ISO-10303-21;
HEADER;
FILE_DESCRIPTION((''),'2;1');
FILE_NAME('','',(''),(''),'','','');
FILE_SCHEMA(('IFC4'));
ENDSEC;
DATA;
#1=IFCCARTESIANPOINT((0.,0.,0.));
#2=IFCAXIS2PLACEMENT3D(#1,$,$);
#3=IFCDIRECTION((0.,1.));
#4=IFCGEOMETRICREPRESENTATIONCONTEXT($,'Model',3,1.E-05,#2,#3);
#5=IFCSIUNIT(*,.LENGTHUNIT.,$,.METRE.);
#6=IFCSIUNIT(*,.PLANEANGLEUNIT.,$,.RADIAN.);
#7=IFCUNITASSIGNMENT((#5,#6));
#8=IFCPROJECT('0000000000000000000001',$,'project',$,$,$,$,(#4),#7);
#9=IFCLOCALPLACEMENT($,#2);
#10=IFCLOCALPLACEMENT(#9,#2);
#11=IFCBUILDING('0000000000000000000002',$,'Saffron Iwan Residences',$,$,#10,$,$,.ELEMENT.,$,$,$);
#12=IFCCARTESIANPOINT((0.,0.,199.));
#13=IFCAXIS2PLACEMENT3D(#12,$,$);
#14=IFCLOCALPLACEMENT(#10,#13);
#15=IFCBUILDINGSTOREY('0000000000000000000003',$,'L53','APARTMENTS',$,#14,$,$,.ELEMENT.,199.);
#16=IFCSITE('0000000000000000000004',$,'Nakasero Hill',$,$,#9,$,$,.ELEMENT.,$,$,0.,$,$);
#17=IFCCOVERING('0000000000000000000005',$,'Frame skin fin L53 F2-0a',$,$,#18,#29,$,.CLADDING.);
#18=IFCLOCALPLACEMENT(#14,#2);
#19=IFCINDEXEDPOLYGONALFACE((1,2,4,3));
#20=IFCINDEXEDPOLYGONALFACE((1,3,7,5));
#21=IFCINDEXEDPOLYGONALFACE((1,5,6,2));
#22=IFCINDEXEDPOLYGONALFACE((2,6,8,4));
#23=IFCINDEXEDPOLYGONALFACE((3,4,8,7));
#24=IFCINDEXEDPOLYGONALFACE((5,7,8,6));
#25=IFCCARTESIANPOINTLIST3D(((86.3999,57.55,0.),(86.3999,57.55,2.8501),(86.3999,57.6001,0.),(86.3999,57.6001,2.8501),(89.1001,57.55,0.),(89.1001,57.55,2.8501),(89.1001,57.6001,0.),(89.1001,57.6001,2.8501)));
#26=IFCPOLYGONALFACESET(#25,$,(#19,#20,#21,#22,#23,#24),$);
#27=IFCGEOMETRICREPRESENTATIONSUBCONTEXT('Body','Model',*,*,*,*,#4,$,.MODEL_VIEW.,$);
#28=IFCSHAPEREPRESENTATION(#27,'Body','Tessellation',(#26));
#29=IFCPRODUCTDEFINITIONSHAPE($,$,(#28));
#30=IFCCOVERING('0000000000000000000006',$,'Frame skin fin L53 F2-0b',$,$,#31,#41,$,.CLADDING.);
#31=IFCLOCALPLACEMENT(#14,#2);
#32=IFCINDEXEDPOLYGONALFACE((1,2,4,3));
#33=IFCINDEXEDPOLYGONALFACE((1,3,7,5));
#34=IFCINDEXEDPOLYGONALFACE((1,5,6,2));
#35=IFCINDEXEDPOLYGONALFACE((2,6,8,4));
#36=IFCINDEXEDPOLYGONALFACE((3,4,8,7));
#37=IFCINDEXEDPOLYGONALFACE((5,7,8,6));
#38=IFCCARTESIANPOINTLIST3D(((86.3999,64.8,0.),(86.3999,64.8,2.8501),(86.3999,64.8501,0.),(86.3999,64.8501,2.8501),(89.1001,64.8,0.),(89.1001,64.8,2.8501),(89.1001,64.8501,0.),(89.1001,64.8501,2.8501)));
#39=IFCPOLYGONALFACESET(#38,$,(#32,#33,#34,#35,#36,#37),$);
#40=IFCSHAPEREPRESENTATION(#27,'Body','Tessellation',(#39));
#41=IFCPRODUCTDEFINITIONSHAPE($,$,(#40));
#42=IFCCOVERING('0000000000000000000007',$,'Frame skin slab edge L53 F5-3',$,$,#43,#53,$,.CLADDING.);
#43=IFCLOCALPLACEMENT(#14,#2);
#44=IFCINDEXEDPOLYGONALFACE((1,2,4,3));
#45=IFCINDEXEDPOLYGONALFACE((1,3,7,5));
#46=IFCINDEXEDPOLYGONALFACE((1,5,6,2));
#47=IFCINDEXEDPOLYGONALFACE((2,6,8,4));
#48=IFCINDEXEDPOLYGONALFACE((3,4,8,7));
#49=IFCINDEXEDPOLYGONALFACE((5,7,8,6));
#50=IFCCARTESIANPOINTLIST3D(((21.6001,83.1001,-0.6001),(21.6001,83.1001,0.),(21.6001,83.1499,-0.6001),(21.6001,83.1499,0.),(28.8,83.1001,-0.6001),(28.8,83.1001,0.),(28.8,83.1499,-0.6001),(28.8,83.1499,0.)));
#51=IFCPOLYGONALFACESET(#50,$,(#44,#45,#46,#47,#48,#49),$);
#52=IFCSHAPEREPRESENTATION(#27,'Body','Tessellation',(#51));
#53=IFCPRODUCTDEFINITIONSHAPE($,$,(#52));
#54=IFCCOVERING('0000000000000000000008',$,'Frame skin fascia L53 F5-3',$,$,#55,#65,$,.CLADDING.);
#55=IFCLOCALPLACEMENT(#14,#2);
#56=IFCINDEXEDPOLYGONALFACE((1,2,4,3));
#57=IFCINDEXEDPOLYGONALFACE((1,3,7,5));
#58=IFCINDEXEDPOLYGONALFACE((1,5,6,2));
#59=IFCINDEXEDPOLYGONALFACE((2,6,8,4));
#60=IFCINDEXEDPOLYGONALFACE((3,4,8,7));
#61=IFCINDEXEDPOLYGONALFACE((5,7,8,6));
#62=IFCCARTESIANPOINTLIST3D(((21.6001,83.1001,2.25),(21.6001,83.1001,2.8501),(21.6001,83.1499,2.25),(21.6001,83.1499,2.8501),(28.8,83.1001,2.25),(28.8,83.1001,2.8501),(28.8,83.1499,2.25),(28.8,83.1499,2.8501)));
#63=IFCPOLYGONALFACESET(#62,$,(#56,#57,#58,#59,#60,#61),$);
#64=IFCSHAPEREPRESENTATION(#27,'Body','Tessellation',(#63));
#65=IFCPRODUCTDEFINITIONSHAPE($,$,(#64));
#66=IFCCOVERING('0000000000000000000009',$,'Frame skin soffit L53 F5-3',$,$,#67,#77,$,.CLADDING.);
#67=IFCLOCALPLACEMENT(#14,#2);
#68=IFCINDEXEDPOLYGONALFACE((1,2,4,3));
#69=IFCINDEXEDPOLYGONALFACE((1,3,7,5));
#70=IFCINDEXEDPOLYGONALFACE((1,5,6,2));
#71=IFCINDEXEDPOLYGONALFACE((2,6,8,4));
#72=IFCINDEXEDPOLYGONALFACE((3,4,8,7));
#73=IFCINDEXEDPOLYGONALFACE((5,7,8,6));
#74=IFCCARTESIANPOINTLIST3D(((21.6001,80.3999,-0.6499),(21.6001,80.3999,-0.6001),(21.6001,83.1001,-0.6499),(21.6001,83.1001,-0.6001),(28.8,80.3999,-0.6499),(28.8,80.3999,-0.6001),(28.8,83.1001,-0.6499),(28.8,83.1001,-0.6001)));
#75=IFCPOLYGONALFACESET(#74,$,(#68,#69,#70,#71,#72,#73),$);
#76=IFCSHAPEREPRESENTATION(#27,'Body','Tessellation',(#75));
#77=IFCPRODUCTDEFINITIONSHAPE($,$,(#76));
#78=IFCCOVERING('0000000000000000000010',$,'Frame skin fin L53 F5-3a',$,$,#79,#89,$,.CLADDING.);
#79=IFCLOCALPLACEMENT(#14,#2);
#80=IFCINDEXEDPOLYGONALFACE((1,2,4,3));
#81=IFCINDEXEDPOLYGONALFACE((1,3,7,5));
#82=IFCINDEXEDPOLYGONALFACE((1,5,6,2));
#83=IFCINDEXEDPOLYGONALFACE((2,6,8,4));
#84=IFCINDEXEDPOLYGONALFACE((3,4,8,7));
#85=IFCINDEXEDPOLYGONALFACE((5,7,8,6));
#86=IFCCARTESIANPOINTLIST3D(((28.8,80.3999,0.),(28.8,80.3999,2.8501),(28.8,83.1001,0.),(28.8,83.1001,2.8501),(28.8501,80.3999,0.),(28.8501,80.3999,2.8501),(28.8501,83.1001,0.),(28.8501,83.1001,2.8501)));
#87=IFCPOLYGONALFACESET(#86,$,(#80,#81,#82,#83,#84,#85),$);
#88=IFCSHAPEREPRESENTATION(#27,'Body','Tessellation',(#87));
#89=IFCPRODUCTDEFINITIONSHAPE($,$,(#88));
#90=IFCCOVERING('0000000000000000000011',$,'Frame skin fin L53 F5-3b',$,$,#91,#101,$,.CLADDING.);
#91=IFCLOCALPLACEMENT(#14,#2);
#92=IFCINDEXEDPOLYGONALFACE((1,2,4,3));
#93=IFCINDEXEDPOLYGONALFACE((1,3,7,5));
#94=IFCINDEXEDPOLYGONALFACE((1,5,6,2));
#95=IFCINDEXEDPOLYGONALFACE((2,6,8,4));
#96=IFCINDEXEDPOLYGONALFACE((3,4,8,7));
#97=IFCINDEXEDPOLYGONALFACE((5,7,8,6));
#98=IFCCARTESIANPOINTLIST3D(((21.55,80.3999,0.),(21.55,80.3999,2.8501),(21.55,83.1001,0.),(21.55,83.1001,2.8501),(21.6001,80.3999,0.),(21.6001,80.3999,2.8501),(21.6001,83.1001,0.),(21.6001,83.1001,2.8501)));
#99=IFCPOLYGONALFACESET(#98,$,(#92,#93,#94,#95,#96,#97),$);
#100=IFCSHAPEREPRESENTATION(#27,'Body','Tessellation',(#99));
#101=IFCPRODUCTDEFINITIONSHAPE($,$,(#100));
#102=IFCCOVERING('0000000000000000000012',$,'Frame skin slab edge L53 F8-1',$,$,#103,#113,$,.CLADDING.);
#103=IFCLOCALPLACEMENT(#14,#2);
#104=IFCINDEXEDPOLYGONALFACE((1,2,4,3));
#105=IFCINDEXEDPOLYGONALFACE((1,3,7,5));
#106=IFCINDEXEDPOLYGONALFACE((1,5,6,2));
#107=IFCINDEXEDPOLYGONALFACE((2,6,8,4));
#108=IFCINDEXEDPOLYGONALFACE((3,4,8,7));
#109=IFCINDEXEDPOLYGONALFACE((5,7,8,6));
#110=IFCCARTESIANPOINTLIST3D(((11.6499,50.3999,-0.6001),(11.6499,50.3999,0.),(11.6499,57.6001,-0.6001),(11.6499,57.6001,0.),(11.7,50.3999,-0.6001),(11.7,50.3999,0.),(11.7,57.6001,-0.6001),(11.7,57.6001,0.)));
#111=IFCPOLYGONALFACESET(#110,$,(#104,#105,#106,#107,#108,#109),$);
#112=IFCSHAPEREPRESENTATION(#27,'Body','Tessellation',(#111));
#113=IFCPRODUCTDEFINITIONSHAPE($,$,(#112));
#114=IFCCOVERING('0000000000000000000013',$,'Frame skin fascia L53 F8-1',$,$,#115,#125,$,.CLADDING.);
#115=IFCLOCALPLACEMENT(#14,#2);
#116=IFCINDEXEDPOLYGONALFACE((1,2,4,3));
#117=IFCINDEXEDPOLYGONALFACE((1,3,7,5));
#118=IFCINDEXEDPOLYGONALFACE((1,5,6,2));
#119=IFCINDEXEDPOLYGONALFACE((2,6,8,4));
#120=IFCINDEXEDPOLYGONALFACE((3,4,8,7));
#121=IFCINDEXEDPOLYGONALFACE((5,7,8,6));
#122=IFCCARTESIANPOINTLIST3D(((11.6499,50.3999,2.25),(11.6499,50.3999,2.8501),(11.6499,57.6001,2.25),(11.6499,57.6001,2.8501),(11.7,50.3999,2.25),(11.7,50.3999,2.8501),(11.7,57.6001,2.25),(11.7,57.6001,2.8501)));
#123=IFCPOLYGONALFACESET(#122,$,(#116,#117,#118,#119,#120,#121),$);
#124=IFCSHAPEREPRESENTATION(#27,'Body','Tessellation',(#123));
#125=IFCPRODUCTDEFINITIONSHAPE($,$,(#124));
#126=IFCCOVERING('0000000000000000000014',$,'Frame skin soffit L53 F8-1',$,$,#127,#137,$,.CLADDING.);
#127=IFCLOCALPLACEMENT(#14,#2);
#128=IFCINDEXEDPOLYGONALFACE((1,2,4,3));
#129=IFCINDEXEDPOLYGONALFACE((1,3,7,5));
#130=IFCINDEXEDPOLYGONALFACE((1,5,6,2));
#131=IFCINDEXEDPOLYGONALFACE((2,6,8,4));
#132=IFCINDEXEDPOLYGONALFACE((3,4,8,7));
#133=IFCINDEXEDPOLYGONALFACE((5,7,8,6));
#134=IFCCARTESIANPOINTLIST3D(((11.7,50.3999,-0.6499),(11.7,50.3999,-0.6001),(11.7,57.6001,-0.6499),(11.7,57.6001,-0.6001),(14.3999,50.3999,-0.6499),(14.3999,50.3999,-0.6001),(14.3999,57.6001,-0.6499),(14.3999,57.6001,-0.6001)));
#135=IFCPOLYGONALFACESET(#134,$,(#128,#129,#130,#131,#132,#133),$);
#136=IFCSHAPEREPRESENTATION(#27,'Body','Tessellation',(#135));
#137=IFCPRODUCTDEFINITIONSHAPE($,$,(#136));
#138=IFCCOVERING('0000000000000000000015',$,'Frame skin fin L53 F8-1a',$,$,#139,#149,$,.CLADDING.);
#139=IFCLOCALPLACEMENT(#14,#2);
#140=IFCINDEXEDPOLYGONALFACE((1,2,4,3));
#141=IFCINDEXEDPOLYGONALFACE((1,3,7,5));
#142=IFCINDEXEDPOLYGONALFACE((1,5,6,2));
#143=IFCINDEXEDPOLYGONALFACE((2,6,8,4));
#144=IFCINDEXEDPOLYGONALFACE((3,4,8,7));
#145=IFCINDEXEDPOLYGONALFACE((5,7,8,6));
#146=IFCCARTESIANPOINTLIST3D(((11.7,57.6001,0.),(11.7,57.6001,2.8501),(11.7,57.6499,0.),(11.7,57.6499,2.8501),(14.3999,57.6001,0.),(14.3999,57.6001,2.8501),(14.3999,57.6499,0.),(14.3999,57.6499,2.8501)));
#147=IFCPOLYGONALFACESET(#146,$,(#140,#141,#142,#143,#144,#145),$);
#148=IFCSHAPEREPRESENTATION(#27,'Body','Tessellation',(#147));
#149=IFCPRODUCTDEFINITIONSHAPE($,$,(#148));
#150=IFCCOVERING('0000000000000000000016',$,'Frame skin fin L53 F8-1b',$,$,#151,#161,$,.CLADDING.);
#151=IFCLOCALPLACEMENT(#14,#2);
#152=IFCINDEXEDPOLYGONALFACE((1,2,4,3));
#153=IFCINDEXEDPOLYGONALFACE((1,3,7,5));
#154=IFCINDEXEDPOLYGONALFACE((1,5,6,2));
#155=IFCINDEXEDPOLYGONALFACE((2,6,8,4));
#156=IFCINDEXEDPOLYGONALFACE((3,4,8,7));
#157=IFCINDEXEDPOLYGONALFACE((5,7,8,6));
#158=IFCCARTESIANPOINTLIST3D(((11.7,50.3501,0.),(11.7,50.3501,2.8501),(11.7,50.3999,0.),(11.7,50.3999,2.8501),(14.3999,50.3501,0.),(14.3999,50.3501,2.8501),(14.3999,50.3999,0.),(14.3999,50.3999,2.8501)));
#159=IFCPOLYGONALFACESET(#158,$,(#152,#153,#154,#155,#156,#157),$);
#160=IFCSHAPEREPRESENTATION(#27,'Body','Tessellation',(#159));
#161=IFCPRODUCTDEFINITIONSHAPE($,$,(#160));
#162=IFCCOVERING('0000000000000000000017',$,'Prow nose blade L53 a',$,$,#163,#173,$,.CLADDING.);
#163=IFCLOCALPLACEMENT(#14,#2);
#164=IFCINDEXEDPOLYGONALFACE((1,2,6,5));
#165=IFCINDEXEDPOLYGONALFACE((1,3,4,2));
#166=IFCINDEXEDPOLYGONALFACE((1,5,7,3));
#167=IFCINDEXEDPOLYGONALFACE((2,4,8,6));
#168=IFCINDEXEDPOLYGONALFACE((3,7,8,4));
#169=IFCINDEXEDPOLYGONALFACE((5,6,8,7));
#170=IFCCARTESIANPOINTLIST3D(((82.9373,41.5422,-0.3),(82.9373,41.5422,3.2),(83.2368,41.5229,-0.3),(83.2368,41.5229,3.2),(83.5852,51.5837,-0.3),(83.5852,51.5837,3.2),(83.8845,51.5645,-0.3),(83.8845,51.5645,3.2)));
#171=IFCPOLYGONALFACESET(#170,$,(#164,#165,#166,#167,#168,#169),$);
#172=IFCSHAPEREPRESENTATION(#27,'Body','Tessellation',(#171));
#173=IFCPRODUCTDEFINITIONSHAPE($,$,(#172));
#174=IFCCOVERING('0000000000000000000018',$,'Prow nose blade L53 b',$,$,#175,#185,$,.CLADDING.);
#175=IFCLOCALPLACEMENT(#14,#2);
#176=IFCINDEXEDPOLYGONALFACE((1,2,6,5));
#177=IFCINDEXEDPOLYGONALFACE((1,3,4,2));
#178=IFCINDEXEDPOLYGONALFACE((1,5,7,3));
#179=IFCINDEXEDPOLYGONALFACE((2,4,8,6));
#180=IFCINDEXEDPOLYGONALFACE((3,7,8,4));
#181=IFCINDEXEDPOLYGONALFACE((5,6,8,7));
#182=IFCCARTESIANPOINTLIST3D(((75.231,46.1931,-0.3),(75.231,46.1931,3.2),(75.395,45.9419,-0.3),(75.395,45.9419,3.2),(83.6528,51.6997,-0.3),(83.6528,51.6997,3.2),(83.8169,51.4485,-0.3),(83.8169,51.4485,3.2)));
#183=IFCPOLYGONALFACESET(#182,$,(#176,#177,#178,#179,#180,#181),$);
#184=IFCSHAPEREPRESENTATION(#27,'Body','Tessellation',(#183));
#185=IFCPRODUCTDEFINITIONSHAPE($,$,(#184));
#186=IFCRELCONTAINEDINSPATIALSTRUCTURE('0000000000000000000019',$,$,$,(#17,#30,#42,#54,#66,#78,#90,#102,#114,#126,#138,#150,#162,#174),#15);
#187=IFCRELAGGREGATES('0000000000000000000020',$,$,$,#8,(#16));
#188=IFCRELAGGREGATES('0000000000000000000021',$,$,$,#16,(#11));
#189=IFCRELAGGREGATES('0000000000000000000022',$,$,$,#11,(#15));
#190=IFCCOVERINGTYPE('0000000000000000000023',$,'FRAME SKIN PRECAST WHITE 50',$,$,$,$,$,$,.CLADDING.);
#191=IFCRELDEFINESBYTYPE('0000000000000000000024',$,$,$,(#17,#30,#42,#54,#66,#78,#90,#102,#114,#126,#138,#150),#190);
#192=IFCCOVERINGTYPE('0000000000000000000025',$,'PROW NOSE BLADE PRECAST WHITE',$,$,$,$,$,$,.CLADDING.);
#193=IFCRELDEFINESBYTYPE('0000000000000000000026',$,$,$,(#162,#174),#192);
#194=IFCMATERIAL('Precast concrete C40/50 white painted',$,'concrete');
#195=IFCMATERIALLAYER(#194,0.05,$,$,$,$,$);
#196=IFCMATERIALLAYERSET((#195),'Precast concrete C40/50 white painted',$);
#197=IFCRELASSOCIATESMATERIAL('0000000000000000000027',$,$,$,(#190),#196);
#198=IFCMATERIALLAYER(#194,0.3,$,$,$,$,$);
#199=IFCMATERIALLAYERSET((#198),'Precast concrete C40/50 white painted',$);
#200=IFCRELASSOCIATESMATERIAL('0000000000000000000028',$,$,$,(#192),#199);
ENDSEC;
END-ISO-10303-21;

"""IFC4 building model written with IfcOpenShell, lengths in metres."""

from ifc_helpers import new_model, si_unit, direction, frame, origin, place, context, subcontext, project, spatial, polyline, outline, extrude, material, layer, layer_set, type_object, element, save


model = new_model("IFC4")

# Units and contexts
model_context = context("Model", 3, precision=1e-05, world=origin(), true_north=direction((0.0, 1.0)))
body_context = subcontext(model_context, "Body", "Model", "MODEL_VIEW")
ifc_project = project(units=[si_unit("LENGTHUNIT", "METRE"), si_unit("PLANEANGLEUNIT", "RADIAN")], contexts=[model_context])

# Site, building, storey
site_placement = place(None, origin())
site = spatial("IfcSite", under=ifc_project, at=site_placement, Name="Nakasero Hill", CompositionType="ELEMENT", RefElevation=0.0)
building_placement = place(site_placement, origin())
building = spatial("IfcBuilding", under=site, at=building_placement, Name="Saffron Iwan Residences", CompositionType="ELEMENT")
storey_placement = place(building_placement, frame((0.0, 0.0, 199.0)))
storey = spatial("IfcBuildingStorey", under=building, at=storey_placement, Name="L53", Description="APARTMENTS", CompositionType="ELEMENT", Elevation=199.0)

# Coverings
ifc_material_1 = material(Name="Precast concrete C40/50 white painted", Category="concrete")
ifc_layer_1 = layer(ifc_material_1, 0.05)
ifc_layer_set_1 = layer_set([ifc_layer_1], Name="Precast concrete C40/50 white painted")
covering_type_1 = type_object("IfcCoveringType", Name="FRAME SKIN PRECAST WHITE 50", PredefinedType="CLADDING", material=ifc_layer_set_1)
covering_1_placement = place(storey_placement, origin())
element("IfcCovering", 1, at=covering_1_placement, inside=storey, type_object=covering_type_1, Name="Frame skin fin L53 F2-0a", PredefinedType="CLADDING", context=body_context, shape_type="SweptSolid", body=[
    extrude(outline(polyline([(89.1001, 57.55), (89.1001, 57.6001), (86.3999, 57.6001), (86.3999, 57.55), (89.1001, 57.55)])), origin(), (0.0, 0.0, 1.0), 2.8501),
])
covering_2_placement = place(storey_placement, origin())
element("IfcCovering", 2, at=covering_2_placement, inside=storey, type_object=covering_type_1, Name="Frame skin fin L53 F2-0b", PredefinedType="CLADDING", context=body_context, shape_type="SweptSolid", body=[
    extrude(outline(polyline([(89.1001, 64.8), (89.1001, 64.8501), (86.3999, 64.8501), (86.3999, 64.8), (89.1001, 64.8)])), origin(), (0.0, 0.0, 1.0), 2.8501),
])
for number, where, name in (
    (3, (0.0, 0.0, -0.6001), "Frame skin slab edge L53 F5-3"),
    (4, (0.0, 0.0, 2.25), "Frame skin fascia L53 F5-3"),
):
    element("IfcCovering", number, at=place(storey_placement, frame(where)), inside=storey, type_object=covering_type_1, Name=name, PredefinedType="CLADDING", context=body_context, shape_type="SweptSolid", body=[
        extrude(outline(polyline([(28.8, 83.1499), (21.6001, 83.1499), (21.6001, 83.1001), (28.8, 83.1001), (28.8, 83.1499)])), origin(), (0.0, 0.0, 1.0), 0.6001),
    ])
covering_3_placement = place(storey_placement, frame((0.0, 0.0, -0.6499)))
element("IfcCovering", 5, at=covering_3_placement, inside=storey, type_object=covering_type_1, Name="Frame skin soffit L53 F5-3", PredefinedType="CLADDING", context=body_context, shape_type="SweptSolid", body=[
    extrude(outline(polyline([(28.8, 83.1001), (21.6001, 83.1001), (21.6001, 80.3999), (28.8, 80.3999), (28.8, 83.1001)])), origin(), (0.0, 0.0, 1.0), 0.0498),
])
covering_4_placement = place(storey_placement, origin())
element("IfcCovering", 6, at=covering_4_placement, inside=storey, type_object=covering_type_1, Name="Frame skin fin L53 F5-3a", PredefinedType="CLADDING", context=body_context, shape_type="SweptSolid", body=[
    extrude(outline(polyline([(28.8501, 83.1001), (28.8, 83.1001), (28.8, 80.3999), (28.8501, 80.3999), (28.8501, 83.1001)])), origin(), (0.0, 0.0, 1.0), 2.8501),
])
covering_5_placement = place(storey_placement, origin())
element("IfcCovering", 7, at=covering_5_placement, inside=storey, type_object=covering_type_1, Name="Frame skin fin L53 F5-3b", PredefinedType="CLADDING", context=body_context, shape_type="SweptSolid", body=[
    extrude(outline(polyline([(21.6001, 83.1001), (21.55, 83.1001), (21.55, 80.3999), (21.6001, 80.3999), (21.6001, 83.1001)])), origin(), (0.0, 0.0, 1.0), 2.8501),
])
for number, where, name in (
    (8, (0.0, 0.0, -0.6001), "Frame skin slab edge L53 F8-1"),
    (9, (0.0, 0.0, 2.25), "Frame skin fascia L53 F8-1"),
):
    element("IfcCovering", number, at=place(storey_placement, frame(where)), inside=storey, type_object=covering_type_1, Name=name, PredefinedType="CLADDING", context=body_context, shape_type="SweptSolid", body=[
        extrude(outline(polyline([(11.6499, 57.6001), (11.6499, 50.3999), (11.7, 50.3999), (11.7, 57.6001), (11.6499, 57.6001)])), origin(), (0.0, 0.0, 1.0), 0.6001),
    ])
covering_6_placement = place(storey_placement, frame((0.0, 0.0, -0.6499)))
element("IfcCovering", 10, at=covering_6_placement, inside=storey, type_object=covering_type_1, Name="Frame skin soffit L53 F8-1", PredefinedType="CLADDING", context=body_context, shape_type="SweptSolid", body=[
    extrude(outline(polyline([(11.7, 57.6001), (11.7, 50.3999), (14.3999, 50.3999), (14.3999, 57.6001), (11.7, 57.6001)])), origin(), (0.0, 0.0, 1.0), 0.0498),
])
covering_7_placement = place(storey_placement, origin())
element("IfcCovering", 11, at=covering_7_placement, inside=storey, type_object=covering_type_1, Name="Frame skin fin L53 F8-1a", PredefinedType="CLADDING", context=body_context, shape_type="SweptSolid", body=[
    extrude(outline(polyline([(11.7, 57.6499), (11.7, 57.6001), (14.3999, 57.6001), (14.3999, 57.6499), (11.7, 57.6499)])), origin(), (0.0, 0.0, 1.0), 2.8501),
])
covering_8_placement = place(storey_placement, origin())
element("IfcCovering", 12, at=covering_8_placement, inside=storey, type_object=covering_type_1, Name="Frame skin fin L53 F8-1b", PredefinedType="CLADDING", context=body_context, shape_type="SweptSolid", body=[
    extrude(outline(polyline([(11.7, 50.3999), (11.7, 50.3501), (14.3999, 50.3501), (14.3999, 50.3999), (11.7, 50.3999)])), origin(), (0.0, 0.0, 1.0), 2.8501),
])
ifc_layer_2 = layer(ifc_material_1, 0.3)
ifc_layer_set_2 = layer_set([ifc_layer_2], Name="Precast concrete C40/50 white painted")
covering_type_2 = type_object("IfcCoveringType", Name="PROW NOSE BLADE PRECAST WHITE", PredefinedType="CLADDING", material=ifc_layer_set_2)
covering_9_placement = place(storey_placement, frame((0.0, 0.0, -0.3)))
element("IfcCovering", 13, at=covering_9_placement, inside=storey, type_object=covering_type_2, Name="Prow nose blade L53 a", PredefinedType="CLADDING", context=body_context, shape_type="SweptSolid", body=[
    extrude(outline(polyline([(83.2368, 41.5229), (83.8845, 51.5645), (83.5852, 51.5837), (82.9373, 41.5422), (83.2368, 41.5229)])), origin(), (0.0, 0.0, 1.0), 3.5),
])
covering_10_placement = place(storey_placement, frame((0.0, 0.0, -0.3)))
element("IfcCovering", 14, at=covering_10_placement, inside=storey, type_object=covering_type_2, Name="Prow nose blade L53 b", PredefinedType="CLADDING", context=body_context, shape_type="SweptSolid", body=[
    extrude(outline(polyline([(75.395, 45.9419), (83.8169, 51.4485), (83.6528, 51.6997), (75.231, 46.1931), (75.395, 45.9419)])), origin(), (0.0, 0.0, 1.0), 3.5),
])

save(model, "model.ifc")
